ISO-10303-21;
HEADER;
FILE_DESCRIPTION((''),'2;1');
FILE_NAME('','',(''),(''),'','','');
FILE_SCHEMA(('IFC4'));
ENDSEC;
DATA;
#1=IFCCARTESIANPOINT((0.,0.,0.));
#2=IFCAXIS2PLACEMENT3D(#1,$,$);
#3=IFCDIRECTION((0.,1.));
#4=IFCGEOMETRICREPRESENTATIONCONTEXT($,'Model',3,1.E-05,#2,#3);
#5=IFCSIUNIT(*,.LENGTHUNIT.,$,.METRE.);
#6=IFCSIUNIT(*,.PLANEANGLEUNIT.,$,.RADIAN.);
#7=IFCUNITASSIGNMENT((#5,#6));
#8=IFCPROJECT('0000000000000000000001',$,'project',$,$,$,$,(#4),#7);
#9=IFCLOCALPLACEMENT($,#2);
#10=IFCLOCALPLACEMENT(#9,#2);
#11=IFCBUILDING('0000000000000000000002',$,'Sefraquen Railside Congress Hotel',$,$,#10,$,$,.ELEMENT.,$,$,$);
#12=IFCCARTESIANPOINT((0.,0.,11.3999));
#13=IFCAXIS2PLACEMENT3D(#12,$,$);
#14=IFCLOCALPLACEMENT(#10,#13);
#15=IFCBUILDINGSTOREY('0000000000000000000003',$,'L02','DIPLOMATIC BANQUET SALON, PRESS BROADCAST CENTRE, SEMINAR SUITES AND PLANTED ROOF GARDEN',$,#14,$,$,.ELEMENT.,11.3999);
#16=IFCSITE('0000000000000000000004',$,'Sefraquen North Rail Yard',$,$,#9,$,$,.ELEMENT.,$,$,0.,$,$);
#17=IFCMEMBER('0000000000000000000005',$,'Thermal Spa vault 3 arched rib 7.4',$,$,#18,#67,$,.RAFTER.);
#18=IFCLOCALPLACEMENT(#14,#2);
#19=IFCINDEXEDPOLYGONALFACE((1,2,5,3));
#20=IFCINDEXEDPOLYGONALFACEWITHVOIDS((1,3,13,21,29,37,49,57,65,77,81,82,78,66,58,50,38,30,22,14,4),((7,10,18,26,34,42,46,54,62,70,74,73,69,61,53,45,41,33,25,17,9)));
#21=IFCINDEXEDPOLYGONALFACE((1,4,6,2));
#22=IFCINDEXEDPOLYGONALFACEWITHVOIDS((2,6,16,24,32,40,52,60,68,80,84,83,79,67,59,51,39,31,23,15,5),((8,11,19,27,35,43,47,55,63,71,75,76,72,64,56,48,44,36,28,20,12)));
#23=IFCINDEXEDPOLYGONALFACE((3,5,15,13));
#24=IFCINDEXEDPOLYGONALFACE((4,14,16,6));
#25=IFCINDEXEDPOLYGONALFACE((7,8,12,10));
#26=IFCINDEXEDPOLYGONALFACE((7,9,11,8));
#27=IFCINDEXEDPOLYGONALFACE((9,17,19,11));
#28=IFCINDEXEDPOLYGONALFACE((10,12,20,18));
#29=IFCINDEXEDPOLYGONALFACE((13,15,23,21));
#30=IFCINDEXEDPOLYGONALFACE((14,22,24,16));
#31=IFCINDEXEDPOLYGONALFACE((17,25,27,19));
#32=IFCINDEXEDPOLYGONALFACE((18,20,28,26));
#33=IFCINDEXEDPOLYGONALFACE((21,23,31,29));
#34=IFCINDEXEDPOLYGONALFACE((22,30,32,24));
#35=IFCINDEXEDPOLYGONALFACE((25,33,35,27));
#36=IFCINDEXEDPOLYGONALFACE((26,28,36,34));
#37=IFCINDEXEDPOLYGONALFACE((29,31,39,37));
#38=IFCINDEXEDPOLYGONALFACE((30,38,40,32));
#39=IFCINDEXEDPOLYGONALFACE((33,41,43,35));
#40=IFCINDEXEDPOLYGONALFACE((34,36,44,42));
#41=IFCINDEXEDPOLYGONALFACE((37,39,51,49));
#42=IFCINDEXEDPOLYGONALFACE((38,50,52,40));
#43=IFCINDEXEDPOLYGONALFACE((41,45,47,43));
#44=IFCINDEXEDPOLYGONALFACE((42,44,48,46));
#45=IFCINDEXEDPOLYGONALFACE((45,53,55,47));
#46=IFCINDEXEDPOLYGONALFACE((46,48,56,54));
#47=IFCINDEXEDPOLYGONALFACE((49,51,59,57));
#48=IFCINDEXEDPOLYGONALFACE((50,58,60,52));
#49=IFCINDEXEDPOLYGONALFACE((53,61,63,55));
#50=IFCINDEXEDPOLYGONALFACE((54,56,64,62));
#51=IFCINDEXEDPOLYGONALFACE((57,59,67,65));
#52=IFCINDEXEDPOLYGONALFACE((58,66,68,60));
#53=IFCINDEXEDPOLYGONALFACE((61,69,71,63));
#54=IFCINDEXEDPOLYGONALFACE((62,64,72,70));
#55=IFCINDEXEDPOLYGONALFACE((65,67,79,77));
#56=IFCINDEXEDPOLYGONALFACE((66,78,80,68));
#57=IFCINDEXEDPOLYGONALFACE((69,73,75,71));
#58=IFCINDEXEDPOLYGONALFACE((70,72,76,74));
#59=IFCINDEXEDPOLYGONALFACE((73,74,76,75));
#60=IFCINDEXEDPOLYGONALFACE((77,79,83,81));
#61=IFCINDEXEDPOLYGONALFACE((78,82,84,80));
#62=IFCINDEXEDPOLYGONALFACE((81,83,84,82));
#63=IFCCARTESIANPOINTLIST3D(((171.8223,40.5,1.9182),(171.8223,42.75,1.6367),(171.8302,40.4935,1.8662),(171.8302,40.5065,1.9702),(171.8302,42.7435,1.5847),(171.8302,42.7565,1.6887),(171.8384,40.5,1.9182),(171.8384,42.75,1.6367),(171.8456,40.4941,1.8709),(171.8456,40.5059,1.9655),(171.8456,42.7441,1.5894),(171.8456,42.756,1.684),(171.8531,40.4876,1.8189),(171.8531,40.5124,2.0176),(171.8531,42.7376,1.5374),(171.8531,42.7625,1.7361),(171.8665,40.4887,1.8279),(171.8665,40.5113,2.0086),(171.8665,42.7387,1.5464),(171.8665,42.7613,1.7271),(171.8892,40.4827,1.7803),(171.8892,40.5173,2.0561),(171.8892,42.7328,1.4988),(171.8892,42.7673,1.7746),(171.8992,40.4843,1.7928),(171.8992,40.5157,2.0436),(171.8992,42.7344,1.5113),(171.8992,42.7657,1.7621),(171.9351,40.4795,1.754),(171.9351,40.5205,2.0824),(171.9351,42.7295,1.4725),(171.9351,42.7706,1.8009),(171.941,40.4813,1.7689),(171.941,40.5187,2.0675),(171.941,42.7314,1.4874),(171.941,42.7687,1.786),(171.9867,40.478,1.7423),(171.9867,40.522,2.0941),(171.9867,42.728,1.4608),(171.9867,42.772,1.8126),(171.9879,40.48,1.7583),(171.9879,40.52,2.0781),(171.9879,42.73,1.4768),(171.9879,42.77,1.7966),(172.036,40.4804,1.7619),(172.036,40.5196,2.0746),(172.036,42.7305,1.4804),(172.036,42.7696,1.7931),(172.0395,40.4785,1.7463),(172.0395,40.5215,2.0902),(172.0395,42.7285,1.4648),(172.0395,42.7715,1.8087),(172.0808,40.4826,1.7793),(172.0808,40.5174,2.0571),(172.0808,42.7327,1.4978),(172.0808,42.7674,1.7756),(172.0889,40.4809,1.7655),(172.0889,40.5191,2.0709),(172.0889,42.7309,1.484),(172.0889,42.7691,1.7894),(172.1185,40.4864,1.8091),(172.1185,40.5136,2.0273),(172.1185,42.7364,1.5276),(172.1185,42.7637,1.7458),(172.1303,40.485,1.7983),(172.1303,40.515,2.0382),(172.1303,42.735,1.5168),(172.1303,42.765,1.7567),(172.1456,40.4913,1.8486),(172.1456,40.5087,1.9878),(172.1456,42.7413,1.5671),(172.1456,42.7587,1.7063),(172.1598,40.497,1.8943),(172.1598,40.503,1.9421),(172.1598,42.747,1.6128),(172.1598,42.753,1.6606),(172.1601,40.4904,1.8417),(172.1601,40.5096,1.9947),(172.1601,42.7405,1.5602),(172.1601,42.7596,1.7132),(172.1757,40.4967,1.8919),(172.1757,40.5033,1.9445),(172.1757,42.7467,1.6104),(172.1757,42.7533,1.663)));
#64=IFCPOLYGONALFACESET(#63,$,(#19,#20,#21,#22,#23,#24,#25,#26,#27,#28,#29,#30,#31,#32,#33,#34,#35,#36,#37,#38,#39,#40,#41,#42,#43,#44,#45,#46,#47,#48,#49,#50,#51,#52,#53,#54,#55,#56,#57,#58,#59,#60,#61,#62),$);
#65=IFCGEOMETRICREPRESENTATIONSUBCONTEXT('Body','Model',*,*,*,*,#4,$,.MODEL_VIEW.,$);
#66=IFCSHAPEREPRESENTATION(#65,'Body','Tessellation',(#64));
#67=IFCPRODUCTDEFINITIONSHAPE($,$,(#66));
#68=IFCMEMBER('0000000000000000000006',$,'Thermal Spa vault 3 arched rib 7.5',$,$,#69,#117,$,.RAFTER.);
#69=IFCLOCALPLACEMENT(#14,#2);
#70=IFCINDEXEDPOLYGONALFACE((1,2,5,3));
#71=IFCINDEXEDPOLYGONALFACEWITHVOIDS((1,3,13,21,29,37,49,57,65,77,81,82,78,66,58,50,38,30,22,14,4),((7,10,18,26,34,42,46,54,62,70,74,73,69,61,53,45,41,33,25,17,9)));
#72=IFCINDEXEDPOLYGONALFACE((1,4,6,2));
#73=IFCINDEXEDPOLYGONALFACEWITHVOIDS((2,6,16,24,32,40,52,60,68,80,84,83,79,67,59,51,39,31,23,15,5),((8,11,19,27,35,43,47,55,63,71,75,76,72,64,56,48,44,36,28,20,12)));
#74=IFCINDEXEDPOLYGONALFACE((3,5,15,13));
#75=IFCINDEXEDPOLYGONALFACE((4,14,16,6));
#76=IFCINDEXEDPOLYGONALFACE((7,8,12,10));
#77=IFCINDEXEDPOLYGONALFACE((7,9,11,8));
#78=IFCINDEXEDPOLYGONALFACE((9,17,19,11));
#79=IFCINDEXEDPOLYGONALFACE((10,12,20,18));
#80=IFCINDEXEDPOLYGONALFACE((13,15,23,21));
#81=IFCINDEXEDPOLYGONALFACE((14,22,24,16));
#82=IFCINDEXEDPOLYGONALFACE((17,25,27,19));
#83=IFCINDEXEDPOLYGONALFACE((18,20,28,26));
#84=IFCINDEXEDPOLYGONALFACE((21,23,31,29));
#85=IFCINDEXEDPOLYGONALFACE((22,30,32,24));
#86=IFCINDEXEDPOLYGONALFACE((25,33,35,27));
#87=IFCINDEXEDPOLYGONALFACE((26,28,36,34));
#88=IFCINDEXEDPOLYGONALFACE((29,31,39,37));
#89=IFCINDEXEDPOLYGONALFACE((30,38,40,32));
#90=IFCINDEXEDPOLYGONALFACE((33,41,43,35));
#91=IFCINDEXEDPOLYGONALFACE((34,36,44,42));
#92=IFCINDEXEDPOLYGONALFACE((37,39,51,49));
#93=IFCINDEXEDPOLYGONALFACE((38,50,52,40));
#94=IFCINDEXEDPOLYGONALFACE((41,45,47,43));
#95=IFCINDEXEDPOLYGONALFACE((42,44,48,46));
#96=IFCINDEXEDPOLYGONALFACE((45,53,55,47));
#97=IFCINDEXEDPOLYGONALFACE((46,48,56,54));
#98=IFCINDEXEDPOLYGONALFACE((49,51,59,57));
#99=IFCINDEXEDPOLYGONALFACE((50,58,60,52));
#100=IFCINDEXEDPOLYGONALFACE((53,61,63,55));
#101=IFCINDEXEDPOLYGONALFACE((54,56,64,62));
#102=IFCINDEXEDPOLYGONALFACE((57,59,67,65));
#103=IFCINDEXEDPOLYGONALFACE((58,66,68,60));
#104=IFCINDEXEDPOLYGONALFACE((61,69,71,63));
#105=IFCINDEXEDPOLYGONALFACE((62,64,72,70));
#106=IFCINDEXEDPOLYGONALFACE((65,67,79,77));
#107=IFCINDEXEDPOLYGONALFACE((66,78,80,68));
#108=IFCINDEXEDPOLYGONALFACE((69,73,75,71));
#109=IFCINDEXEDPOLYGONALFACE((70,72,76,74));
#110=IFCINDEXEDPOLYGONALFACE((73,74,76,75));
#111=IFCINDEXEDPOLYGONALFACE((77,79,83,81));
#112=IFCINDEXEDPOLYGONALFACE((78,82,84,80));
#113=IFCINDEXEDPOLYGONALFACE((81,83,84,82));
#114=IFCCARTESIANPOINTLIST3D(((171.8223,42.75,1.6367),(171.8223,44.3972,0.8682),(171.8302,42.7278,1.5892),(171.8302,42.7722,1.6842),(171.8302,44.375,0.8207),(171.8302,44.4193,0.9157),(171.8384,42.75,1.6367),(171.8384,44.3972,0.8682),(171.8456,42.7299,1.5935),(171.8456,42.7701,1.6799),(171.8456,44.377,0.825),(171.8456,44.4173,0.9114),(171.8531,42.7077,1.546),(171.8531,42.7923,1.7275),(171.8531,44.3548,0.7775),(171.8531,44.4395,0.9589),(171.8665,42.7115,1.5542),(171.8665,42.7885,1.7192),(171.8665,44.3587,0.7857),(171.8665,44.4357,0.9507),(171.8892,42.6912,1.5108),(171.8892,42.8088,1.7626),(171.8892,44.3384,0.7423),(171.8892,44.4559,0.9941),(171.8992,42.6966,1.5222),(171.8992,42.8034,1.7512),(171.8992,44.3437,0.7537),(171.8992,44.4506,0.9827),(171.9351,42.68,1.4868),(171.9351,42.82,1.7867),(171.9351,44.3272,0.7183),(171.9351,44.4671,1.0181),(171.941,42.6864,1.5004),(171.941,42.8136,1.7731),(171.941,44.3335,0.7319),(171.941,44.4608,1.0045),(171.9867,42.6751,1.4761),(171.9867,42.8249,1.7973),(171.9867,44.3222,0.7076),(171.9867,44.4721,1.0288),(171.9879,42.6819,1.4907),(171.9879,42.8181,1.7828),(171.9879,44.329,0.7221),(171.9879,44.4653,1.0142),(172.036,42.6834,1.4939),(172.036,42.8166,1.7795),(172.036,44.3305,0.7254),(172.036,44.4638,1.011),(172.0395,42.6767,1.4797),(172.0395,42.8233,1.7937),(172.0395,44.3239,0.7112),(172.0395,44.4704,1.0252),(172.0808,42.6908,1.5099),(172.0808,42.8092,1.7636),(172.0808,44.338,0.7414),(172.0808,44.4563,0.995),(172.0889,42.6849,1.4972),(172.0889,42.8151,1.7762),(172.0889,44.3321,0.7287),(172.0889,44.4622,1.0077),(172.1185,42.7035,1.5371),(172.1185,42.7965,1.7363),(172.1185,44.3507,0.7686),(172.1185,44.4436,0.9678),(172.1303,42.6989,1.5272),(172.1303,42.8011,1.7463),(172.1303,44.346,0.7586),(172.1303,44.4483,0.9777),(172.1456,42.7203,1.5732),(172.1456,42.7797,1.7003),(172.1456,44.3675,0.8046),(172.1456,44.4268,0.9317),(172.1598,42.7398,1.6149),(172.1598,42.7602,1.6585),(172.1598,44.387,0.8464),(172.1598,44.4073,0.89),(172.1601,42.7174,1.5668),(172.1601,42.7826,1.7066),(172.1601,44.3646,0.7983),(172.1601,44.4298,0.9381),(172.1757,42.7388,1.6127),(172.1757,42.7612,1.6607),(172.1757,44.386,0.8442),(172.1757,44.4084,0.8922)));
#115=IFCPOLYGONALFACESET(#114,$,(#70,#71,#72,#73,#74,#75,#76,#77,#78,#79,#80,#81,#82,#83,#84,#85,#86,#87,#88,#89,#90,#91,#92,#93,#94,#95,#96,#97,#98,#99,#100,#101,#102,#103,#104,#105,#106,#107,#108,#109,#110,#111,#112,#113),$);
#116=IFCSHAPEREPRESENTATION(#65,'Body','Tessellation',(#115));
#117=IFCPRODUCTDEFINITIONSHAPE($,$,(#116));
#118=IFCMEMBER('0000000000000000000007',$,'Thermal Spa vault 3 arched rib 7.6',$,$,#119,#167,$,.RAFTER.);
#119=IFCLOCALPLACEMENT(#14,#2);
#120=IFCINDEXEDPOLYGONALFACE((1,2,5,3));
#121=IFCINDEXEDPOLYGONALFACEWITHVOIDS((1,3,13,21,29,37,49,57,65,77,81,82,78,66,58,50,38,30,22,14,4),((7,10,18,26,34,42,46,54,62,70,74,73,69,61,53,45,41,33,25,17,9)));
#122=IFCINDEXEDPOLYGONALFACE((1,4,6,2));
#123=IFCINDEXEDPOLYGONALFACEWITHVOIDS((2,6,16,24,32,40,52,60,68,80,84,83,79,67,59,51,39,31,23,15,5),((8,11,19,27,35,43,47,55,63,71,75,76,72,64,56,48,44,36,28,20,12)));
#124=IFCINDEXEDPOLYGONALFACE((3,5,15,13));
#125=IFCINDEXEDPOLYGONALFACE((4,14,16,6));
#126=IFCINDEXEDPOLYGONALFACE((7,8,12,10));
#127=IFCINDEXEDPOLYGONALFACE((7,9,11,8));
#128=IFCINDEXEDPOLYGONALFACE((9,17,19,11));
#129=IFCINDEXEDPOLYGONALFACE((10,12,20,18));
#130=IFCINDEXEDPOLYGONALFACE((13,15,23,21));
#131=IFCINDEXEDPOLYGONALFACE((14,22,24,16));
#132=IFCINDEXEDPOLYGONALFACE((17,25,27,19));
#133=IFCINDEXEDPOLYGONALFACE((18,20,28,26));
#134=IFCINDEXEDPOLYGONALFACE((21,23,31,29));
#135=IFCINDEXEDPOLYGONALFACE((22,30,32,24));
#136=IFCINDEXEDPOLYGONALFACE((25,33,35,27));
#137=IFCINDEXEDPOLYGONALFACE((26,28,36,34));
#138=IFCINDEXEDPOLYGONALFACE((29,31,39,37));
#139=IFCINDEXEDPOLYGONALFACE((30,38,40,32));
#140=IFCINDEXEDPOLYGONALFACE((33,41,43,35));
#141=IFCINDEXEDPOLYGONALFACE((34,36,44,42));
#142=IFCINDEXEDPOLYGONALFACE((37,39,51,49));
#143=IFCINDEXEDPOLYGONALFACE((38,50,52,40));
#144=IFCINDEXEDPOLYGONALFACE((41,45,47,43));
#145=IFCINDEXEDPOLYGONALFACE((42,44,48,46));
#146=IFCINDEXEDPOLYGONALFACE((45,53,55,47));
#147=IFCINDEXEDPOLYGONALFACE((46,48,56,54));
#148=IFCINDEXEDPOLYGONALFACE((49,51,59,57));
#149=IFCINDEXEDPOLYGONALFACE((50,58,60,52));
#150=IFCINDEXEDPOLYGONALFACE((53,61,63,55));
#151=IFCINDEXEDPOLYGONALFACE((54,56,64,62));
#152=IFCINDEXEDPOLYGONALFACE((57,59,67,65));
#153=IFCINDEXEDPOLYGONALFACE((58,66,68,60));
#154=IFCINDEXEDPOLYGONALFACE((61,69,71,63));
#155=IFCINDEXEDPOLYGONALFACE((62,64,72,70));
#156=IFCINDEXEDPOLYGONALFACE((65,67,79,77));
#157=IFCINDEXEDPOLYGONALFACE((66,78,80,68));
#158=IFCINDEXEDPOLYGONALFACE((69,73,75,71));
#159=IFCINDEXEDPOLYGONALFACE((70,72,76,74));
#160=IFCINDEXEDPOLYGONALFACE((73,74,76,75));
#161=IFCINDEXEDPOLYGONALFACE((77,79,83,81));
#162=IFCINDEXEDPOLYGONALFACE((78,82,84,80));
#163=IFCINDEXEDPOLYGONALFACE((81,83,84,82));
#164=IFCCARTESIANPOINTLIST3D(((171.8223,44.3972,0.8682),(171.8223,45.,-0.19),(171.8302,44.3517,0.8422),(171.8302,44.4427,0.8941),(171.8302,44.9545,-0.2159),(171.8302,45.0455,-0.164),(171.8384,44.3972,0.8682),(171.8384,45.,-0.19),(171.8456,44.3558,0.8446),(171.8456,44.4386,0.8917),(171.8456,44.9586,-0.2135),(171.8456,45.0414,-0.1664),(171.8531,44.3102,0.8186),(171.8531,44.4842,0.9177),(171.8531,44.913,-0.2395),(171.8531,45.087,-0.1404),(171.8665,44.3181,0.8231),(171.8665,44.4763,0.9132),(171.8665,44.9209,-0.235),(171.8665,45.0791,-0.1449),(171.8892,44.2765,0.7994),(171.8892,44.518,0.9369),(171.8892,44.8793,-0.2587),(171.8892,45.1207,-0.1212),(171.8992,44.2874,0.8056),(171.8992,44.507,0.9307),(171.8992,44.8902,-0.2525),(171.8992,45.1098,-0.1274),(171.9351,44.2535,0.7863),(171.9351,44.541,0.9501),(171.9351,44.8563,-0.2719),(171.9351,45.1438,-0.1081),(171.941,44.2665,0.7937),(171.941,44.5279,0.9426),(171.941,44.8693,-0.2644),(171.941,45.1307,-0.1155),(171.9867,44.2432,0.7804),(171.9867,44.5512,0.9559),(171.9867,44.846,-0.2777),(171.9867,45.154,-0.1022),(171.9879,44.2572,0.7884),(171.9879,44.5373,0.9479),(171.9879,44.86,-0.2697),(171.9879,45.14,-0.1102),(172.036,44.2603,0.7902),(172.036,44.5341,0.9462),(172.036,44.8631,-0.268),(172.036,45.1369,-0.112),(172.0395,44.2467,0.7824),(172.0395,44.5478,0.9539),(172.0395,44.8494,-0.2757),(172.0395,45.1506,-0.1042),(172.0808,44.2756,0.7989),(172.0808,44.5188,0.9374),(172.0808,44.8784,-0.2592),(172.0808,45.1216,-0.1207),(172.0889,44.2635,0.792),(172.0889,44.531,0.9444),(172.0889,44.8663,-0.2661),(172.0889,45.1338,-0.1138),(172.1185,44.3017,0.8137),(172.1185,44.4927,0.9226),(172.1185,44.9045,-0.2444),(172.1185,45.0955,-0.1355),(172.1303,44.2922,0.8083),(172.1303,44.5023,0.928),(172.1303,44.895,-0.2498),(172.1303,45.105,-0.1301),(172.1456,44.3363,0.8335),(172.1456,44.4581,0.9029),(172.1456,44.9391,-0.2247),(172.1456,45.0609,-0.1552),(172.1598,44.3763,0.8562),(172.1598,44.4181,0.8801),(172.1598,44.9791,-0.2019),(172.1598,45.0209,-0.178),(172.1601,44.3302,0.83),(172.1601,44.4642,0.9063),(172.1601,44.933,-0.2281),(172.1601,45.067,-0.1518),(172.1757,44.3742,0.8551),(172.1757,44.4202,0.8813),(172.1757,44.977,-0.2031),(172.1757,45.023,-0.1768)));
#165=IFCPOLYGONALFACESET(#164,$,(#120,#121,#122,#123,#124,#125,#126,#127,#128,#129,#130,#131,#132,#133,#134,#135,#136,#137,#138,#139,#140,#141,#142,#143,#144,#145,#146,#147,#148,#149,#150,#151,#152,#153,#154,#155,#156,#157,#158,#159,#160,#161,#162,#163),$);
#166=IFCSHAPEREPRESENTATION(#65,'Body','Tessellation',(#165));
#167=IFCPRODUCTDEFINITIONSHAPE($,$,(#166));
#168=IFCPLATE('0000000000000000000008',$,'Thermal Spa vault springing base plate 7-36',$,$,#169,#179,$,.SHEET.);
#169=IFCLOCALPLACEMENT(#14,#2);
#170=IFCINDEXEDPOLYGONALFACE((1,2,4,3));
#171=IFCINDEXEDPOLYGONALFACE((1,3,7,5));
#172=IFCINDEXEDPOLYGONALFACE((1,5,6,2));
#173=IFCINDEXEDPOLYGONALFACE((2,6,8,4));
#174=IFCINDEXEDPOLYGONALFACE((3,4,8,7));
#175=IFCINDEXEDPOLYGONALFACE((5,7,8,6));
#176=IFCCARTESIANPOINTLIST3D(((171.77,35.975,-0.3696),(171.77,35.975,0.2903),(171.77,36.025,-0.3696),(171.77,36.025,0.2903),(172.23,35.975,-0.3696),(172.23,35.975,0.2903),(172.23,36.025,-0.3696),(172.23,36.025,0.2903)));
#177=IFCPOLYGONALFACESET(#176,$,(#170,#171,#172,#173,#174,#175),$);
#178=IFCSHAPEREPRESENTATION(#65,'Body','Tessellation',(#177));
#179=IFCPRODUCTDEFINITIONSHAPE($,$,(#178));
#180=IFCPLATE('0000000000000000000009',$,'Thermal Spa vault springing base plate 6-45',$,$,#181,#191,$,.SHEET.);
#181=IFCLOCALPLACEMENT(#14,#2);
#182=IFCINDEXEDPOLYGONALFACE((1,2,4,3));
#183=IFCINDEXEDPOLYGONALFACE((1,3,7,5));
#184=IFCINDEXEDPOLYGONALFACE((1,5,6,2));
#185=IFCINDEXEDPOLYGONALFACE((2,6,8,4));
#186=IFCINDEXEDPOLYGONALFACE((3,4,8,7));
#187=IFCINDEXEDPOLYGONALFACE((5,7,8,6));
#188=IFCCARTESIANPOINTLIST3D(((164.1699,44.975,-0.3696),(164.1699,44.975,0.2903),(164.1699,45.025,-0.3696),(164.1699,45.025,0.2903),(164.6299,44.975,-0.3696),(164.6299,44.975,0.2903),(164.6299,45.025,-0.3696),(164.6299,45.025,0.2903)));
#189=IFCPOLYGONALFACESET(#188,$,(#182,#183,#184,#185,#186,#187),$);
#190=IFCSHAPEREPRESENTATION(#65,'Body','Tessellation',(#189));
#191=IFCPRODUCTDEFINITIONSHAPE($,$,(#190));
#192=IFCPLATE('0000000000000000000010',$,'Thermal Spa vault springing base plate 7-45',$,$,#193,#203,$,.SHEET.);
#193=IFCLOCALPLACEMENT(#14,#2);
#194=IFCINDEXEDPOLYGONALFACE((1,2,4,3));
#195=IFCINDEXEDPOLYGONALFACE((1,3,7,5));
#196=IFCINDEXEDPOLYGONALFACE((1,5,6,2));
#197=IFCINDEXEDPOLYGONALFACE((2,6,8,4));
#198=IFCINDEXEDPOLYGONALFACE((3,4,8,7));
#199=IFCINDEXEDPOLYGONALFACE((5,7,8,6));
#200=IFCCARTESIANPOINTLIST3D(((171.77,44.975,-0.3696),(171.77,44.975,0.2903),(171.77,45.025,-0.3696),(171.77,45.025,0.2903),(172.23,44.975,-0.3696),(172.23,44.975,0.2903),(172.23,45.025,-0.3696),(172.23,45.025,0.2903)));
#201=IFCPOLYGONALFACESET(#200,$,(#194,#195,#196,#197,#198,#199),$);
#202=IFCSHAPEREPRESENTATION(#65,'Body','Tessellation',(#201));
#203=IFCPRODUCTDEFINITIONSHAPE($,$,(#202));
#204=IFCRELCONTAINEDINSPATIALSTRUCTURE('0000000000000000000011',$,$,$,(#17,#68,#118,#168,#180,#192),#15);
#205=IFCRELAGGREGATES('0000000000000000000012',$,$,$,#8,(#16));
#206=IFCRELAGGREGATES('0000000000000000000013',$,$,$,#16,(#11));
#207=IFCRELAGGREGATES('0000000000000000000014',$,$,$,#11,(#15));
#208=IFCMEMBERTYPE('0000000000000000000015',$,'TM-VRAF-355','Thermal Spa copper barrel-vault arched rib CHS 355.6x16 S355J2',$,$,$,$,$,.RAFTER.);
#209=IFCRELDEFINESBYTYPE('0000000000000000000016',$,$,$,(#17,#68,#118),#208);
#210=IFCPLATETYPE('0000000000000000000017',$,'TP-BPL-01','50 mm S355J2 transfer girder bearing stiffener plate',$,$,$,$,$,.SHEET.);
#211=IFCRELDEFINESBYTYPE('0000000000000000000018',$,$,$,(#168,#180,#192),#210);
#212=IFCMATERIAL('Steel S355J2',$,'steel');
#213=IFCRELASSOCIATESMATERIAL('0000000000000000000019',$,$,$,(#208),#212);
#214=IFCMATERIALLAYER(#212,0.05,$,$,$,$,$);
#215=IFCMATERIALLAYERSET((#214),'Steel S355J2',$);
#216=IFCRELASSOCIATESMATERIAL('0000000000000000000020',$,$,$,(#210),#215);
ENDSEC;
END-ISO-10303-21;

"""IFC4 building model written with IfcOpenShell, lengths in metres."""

from ifc_helpers import new_model, si_unit, direction, frame, origin, origin_2d, place, context, subcontext, project, spatial, rectangle, hollow_circle, extrude, material, layer, layer_set, material_profile, profile_set, type_object, element, save


model = new_model("IFC4")

# Units and contexts
model_context = context("Model", 3, precision=1e-05, world=origin(), true_north=direction((0.0, 1.0)))
body_context = subcontext(model_context, "Body", "Model", "MODEL_VIEW")
ifc_project = project(units=[si_unit("LENGTHUNIT", "METRE"), si_unit("PLANEANGLEUNIT", "RADIAN")], contexts=[model_context])

# Site, building, storey
site_placement = place(None, origin())
site = spatial("IfcSite", under=ifc_project, at=site_placement, Name="Sefraquen North Rail Yard", CompositionType="ELEMENT", RefElevation=0.0)
building_placement = place(site_placement, origin())
building = spatial("IfcBuilding", under=site, at=building_placement, Name="Sefraquen Railside Congress Hotel", CompositionType="ELEMENT")
storey_placement = place(building_placement, frame((0.0, 0.0, 11.3999)))
storey = spatial("IfcBuildingStorey", under=building, at=storey_placement, Name="L02", Description="DIPLOMATIC BANQUET SALON, PRESS BROADCAST CENTRE, SEMINAR SUITES AND PLANTED ROOF GARDEN", CompositionType="ELEMENT", Elevation=11.3999)

# Members
ifc_material_1 = material(Name="Steel S355J2", Category="steel")
ifc_material_profile_1 = material_profile(ifc_material_1, hollow_circle(Radius=0.1777, WallThickness=0.0161, at=origin_2d()), Name="CHS 355.6x16")
ifc_profile_set_1 = profile_set([ifc_material_profile_1], Name="Steel S355J2")
member_type = type_object("IfcMemberType", Name="TM-VRAF-355", Description="Thermal Spa copper barrel-vault arched rib CHS 355.6x16 S355J2", PredefinedType="RAFTER", material=ifc_profile_set_1)
for number, where, z_axis, x_axis, name in (
    (1, (172.0, 40.5, 1.9182), (0.0, 0.992265, -0.124141), (-1.0, 0.0, 0.0), "Thermal Spa vault 3 arched rib 7.4"),
):
    element("IfcMember", number, at=place(storey_placement, frame(where, z_axis=z_axis, x_axis=x_axis)), inside=storey, type_object=member_type, Name=name, PredefinedType="RAFTER", context=body_context, shape_type="SweptSolid", body=[
        extrude(hollow_circle(Radius=0.1777, WallThickness=0.0161, at=origin_2d()), origin(), (0.0, 0.0, 1.0), 2.2676),
    ])
member_1_placement = place(storey_placement, frame((172.0, 42.75, 1.6367), z_axis=(0.0, 0.906214, -0.422819), x_axis=(-1.0, 0.0, 0.0)))
element("IfcMember", 2, at=member_1_placement, inside=storey, type_object=member_type, Name="Thermal Spa vault 3 arched rib 7.5", PredefinedType="RAFTER", context=body_context, shape_type="SweptSolid", body=[
    extrude(hollow_circle(Radius=0.1777, WallThickness=0.0161, at=origin_2d()), origin(), (0.0, 0.0, 1.0), 1.8176),
])
member_2_placement = place(storey_placement, frame((172.0, 44.3972, 0.8682), z_axis=(0.0, 0.494994, -0.868896), x_axis=(-1.0, 0.0, 0.0)))
element("IfcMember", 3, at=member_2_placement, inside=storey, type_object=member_type, Name="Thermal Spa vault 3 arched rib 7.6", PredefinedType="RAFTER", context=body_context, shape_type="SweptSolid", body=[
    extrude(hollow_circle(Radius=0.1777, WallThickness=0.0161, at=origin_2d()), origin(), (0.0, 0.0, 1.0), 1.2178),
])

# Plates
ifc_layer_1 = layer(ifc_material_1, 0.05)
ifc_layer_set_1 = layer_set([ifc_layer_1], Name="Steel S355J2")
plate_type = type_object("IfcPlateType", Name="TP-BPL-01", Description="50 mm S355J2 transfer girder bearing stiffener plate", PredefinedType="SHEET", material=ifc_layer_set_1)
for number, where, z_axis, x_axis, name in (
    (4, (172.0, 36.0, -0.3696), (0.0, 0.0, 1.0), (1.0, 0.0, 0.0), "Thermal Spa vault springing base plate 7-36"),
    (5, (164.3999, 45.0, -0.3696), (0.0, 0.0, 1.0), (1.0, 0.0, 0.0), "Thermal Spa vault springing base plate 6-45"),
    (6, (172.0, 45.0, -0.3696), (0.0, 0.0, 1.0), (1.0, 0.0, 0.0), "Thermal Spa vault springing base plate 7-45"),
):
    element("IfcPlate", number, at=place(storey_placement, frame(where, z_axis=z_axis, x_axis=x_axis)), inside=storey, type_object=plate_type, Name=name, PredefinedType="SHEET", context=body_context, shape_type="SweptSolid", body=[
        extrude(rectangle(XDim=0.46, YDim=0.05, at=origin_2d()), origin(), (0.0, 0.0, 1.0), 0.6599),
    ])

save(model, "model.ifc")
